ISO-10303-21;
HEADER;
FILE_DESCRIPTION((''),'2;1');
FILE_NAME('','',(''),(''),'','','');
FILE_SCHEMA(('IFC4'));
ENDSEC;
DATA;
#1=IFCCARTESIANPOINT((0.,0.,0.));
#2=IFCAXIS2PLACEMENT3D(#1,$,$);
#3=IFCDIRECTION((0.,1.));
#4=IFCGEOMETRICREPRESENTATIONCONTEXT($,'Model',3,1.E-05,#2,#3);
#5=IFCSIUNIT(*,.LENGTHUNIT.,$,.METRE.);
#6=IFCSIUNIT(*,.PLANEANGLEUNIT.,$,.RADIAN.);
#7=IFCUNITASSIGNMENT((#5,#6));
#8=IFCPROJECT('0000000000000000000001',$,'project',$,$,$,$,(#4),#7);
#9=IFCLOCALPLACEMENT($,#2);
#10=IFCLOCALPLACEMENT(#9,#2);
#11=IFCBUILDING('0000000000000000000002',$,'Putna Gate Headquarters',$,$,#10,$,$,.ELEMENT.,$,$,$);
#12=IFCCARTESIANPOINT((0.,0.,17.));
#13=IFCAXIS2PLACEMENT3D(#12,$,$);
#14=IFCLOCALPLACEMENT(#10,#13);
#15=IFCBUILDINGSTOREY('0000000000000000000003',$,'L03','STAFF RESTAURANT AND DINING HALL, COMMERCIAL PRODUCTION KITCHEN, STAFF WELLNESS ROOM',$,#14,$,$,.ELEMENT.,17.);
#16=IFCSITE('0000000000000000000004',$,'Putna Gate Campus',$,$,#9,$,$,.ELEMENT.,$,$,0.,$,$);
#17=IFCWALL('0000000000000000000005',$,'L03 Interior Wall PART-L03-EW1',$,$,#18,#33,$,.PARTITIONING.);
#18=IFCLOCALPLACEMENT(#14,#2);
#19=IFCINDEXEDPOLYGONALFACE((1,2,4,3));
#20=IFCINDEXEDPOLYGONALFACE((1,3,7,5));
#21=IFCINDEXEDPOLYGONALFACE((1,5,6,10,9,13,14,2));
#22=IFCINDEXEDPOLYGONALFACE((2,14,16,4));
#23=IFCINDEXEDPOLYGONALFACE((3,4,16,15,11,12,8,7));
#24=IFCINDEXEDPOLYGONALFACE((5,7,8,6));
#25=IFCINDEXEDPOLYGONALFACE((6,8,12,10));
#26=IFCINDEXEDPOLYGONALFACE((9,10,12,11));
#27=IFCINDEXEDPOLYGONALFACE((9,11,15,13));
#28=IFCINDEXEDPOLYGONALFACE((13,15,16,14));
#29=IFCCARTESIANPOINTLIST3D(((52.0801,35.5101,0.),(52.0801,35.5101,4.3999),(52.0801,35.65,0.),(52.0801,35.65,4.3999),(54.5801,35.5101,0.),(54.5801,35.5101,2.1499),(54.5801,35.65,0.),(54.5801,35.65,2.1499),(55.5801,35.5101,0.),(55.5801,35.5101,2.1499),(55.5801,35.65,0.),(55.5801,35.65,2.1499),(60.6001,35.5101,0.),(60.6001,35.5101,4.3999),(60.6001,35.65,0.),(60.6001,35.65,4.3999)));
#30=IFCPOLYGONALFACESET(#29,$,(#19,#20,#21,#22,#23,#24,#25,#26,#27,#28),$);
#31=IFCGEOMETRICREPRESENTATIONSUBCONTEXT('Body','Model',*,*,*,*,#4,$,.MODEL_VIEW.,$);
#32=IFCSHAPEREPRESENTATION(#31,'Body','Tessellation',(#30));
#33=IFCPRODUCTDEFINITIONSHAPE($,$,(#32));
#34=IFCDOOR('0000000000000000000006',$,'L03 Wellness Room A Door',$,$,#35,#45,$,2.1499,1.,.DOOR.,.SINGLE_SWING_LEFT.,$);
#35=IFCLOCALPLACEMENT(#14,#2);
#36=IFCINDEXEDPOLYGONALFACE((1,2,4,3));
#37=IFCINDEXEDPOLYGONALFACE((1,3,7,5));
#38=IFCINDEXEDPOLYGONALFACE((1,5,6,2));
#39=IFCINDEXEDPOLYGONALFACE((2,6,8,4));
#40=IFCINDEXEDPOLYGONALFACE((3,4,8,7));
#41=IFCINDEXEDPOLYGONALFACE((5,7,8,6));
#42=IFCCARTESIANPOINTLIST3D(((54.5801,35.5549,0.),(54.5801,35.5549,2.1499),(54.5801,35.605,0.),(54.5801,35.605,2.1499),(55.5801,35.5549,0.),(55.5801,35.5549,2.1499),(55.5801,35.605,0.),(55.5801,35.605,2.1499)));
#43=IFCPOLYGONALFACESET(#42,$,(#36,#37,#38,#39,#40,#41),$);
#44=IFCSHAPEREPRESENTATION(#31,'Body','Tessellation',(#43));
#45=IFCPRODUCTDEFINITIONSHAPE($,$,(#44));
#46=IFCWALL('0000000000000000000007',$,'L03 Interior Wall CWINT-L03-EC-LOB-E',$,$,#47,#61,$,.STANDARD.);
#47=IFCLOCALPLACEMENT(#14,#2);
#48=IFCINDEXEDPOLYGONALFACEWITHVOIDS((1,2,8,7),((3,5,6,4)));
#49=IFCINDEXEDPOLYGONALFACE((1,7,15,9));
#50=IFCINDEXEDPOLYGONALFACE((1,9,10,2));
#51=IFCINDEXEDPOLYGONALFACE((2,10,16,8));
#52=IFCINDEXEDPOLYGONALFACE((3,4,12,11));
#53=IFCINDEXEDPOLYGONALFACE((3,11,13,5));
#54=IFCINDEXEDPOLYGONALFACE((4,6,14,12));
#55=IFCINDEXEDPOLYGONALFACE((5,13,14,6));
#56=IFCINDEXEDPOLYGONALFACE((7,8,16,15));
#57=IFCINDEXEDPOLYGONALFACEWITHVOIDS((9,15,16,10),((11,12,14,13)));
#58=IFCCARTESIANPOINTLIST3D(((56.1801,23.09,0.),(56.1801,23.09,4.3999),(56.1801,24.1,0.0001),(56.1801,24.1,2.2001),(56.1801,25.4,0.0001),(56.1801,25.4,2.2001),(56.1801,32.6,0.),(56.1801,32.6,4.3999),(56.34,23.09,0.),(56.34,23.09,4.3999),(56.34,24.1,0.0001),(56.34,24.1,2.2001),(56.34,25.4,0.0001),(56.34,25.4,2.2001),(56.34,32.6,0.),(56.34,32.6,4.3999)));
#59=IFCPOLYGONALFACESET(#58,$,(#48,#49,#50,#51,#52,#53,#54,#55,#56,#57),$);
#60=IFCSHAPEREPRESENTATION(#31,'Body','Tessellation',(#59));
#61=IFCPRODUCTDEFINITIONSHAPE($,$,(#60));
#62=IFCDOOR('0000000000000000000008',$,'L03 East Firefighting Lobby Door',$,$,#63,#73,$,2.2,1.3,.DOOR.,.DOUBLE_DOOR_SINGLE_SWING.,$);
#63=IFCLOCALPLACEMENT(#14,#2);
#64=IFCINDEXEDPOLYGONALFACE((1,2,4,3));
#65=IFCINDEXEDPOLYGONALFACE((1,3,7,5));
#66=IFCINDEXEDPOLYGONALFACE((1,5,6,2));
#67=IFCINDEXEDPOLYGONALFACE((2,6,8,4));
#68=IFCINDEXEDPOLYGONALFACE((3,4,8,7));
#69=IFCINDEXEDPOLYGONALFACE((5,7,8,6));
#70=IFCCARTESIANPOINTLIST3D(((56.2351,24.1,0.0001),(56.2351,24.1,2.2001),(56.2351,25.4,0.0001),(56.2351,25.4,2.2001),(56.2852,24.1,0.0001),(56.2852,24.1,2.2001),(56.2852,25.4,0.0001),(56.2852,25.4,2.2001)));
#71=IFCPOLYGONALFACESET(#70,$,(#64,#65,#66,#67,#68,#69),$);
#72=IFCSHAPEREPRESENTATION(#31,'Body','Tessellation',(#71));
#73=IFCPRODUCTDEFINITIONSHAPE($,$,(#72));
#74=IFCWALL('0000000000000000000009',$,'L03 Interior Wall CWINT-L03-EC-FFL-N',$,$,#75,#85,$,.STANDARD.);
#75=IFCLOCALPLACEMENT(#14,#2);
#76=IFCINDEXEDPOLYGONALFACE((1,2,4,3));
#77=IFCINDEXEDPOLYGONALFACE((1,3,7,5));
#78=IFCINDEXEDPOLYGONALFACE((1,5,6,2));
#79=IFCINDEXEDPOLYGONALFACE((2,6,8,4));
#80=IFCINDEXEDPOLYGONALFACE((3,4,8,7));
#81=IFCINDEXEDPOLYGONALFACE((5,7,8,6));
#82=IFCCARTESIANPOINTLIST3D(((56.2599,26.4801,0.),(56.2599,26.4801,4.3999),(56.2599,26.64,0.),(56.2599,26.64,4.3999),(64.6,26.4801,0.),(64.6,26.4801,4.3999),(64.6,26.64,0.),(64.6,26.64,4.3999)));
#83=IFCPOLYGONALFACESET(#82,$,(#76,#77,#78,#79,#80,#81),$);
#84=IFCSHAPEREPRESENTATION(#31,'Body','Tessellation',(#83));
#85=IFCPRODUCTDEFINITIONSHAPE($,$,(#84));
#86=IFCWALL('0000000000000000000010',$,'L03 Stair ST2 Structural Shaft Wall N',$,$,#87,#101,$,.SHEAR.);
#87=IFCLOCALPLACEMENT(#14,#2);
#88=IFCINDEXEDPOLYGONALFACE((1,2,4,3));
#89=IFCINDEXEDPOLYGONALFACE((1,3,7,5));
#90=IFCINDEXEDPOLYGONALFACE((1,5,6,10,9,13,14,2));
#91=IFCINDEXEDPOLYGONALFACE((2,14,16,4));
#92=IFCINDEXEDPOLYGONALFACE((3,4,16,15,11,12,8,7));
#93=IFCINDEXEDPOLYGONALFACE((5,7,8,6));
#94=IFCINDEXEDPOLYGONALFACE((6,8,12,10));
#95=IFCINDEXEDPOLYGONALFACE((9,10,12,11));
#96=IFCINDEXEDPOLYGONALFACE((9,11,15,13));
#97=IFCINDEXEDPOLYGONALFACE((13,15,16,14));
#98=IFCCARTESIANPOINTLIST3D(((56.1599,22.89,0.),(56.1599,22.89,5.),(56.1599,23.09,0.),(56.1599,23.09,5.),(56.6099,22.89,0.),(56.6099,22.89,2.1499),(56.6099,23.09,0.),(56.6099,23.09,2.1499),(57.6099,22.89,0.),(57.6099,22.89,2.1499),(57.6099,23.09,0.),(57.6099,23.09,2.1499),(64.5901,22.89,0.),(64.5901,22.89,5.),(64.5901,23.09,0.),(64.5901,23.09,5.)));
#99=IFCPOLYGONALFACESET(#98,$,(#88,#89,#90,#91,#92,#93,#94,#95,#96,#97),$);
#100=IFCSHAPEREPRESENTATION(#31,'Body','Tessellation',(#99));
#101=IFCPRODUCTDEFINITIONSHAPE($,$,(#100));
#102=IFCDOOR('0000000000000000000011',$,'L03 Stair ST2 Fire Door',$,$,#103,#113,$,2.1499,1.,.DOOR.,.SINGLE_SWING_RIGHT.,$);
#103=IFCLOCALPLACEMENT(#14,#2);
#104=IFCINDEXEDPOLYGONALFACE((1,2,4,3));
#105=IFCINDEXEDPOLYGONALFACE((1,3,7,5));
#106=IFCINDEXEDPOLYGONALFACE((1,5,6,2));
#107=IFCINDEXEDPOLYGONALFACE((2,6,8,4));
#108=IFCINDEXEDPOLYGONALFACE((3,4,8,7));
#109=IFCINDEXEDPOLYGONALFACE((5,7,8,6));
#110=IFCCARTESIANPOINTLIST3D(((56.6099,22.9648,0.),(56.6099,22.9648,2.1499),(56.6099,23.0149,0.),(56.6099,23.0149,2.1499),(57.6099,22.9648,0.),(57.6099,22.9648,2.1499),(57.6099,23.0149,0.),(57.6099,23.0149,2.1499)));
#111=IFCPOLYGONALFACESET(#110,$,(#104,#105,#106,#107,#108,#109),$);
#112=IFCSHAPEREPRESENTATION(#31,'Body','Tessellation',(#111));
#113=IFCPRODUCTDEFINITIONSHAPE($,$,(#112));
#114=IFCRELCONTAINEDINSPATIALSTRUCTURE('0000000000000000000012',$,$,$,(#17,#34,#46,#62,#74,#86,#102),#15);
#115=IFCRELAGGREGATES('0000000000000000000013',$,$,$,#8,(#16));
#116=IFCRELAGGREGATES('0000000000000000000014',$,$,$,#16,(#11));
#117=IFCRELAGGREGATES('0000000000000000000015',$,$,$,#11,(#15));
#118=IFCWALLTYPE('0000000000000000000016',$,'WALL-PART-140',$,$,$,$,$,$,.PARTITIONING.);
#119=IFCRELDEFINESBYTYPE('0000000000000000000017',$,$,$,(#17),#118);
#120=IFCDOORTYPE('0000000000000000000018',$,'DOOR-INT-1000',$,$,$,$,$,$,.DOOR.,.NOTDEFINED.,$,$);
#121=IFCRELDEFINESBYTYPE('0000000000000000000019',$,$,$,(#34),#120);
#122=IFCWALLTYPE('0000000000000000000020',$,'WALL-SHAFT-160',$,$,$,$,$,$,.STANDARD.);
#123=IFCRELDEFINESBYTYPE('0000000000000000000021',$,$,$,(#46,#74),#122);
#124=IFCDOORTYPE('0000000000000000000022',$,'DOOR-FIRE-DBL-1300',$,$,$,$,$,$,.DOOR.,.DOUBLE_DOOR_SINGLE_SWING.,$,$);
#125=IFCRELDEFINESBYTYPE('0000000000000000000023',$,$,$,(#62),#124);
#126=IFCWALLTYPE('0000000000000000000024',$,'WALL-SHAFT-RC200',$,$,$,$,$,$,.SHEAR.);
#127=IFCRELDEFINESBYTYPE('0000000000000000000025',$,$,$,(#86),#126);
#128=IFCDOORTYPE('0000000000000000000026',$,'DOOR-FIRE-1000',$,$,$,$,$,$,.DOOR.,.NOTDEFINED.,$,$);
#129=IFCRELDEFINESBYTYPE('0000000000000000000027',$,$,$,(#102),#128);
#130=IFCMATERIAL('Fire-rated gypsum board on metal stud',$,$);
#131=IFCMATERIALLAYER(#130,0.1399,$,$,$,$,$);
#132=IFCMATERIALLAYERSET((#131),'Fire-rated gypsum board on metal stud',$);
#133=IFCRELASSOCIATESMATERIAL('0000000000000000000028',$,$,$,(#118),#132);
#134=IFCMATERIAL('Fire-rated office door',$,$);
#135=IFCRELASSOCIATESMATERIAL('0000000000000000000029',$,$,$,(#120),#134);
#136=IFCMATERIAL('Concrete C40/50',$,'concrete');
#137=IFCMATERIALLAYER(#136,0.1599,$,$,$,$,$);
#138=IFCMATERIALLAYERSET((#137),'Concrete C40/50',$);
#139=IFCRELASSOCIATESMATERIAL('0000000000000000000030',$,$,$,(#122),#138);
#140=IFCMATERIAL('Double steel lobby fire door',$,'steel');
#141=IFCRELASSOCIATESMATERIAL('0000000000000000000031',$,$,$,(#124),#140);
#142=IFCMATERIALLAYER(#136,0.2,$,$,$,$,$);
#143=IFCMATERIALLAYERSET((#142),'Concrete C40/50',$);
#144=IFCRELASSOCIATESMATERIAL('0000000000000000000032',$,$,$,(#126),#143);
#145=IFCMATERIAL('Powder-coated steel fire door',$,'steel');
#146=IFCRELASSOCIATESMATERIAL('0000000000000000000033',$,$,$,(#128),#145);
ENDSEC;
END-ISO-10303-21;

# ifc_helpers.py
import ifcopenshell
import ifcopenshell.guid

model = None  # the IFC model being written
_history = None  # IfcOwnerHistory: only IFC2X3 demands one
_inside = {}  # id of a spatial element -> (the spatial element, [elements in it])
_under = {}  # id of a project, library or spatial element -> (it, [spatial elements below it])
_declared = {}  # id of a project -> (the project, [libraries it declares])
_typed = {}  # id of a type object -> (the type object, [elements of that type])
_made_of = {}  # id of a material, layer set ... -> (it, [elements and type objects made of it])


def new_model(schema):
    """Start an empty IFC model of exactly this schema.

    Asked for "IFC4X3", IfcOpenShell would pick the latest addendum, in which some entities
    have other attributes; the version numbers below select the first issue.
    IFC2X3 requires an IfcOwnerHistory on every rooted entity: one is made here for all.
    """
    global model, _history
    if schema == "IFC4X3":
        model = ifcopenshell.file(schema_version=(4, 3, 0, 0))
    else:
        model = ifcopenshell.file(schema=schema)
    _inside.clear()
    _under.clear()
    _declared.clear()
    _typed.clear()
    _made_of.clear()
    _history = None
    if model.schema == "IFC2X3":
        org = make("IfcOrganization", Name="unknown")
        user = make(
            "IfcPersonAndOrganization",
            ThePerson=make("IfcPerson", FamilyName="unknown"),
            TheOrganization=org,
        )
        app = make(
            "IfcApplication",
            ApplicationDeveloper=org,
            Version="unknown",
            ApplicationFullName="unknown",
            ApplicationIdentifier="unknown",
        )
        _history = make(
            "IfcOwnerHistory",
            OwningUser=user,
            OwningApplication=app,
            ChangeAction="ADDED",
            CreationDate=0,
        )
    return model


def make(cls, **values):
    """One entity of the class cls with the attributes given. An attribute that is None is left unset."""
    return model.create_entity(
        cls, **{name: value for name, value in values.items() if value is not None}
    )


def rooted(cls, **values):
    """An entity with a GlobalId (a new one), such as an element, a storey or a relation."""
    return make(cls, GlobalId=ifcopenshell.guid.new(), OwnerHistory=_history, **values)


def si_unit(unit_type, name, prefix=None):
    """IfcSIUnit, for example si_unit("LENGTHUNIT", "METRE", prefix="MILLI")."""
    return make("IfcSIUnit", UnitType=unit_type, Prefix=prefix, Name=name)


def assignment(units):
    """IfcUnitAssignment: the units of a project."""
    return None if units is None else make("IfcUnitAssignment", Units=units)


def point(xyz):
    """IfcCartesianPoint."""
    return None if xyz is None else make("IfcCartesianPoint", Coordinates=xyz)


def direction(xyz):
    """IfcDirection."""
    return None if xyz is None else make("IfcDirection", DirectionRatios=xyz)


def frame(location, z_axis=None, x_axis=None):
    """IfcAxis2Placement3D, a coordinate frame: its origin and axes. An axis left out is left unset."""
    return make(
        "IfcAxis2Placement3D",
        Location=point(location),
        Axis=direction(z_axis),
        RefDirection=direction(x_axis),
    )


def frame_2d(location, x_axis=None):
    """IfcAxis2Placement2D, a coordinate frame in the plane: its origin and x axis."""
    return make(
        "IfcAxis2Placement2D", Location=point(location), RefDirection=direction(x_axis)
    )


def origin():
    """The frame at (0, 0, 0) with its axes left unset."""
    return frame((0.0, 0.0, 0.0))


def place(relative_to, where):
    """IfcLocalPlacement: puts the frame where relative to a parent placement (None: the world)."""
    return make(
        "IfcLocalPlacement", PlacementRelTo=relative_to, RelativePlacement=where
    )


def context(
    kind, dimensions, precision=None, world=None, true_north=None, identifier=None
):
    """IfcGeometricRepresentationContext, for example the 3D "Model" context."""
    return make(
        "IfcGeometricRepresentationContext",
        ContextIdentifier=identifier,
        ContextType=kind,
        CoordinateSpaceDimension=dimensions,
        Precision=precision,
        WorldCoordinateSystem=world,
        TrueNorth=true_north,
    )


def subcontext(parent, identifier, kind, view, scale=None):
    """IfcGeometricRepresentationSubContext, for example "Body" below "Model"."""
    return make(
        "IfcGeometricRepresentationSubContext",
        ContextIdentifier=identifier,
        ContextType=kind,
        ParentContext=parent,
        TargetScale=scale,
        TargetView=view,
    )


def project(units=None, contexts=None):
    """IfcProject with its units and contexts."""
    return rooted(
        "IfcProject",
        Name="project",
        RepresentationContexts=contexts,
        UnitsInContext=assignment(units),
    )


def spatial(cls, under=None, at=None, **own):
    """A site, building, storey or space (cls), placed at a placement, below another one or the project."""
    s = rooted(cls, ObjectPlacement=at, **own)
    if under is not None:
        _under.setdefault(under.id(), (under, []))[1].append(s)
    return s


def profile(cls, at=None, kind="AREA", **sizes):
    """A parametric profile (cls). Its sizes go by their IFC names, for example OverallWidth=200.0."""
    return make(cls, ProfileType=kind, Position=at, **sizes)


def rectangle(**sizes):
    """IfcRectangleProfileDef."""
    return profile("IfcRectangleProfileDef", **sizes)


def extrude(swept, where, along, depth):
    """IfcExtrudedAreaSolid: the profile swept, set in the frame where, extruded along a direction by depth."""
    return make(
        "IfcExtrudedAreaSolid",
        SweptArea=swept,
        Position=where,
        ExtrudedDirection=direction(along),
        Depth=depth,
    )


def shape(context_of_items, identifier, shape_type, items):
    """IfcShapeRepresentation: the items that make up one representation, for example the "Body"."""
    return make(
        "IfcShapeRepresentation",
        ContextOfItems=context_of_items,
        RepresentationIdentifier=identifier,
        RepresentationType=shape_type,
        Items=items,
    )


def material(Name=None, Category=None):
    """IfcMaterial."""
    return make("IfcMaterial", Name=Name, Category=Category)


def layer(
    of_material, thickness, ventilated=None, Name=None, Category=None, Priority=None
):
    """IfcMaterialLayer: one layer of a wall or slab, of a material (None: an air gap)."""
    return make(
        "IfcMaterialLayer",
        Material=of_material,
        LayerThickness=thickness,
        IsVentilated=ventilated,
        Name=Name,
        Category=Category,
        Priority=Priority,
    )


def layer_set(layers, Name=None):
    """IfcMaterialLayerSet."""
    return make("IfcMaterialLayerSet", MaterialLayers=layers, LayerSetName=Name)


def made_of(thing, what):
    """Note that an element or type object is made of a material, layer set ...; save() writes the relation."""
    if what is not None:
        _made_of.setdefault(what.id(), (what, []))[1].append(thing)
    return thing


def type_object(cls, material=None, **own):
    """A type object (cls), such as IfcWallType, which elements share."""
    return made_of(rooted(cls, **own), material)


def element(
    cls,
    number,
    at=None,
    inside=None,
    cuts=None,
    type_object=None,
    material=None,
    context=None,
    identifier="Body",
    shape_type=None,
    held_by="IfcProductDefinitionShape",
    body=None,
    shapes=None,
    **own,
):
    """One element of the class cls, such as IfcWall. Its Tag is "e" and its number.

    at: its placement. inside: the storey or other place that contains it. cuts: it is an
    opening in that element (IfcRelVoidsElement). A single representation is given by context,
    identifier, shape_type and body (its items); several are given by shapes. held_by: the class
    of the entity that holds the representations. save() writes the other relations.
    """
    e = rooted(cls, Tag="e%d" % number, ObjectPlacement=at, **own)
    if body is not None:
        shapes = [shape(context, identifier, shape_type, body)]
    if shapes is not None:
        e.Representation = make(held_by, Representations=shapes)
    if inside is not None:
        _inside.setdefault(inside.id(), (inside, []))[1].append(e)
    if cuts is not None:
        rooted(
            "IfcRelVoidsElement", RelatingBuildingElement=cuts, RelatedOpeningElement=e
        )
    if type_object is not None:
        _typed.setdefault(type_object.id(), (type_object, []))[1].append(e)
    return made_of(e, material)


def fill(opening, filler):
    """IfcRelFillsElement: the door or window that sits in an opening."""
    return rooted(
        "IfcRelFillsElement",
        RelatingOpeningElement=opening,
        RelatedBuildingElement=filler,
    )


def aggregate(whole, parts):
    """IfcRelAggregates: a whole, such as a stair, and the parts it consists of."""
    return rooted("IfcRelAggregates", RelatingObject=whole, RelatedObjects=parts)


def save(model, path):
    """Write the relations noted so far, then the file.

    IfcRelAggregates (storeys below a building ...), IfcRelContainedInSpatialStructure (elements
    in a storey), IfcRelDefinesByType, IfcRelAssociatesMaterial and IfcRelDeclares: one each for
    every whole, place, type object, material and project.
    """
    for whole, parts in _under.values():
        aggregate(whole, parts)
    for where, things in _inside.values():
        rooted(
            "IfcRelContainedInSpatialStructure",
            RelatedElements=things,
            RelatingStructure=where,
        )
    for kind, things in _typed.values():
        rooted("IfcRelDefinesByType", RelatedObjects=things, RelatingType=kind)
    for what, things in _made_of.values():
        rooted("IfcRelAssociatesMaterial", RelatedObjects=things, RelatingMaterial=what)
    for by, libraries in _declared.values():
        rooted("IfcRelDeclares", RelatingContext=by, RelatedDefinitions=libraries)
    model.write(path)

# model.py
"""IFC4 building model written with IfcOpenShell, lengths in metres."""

from ifc_helpers import new_model, si_unit, direction, frame, frame_2d, origin, place, context, subcontext, project, spatial, rectangle, extrude, material, layer, layer_set, type_object, element, fill, save


model = new_model("IFC4")

# Units and contexts
model_context = context("Model", 3, precision=1e-05, world=origin(), true_north=direction((0.0, 1.0)))
body_context = subcontext(model_context, "Body", "Model", "MODEL_VIEW")
ifc_project = project(units=[si_unit("LENGTHUNIT", "METRE"), si_unit("PLANEANGLEUNIT", "RADIAN")], contexts=[model_context])

# Site, building, storey
site_placement = place(None, origin())
site = spatial("IfcSite", under=ifc_project, at=site_placement, Name="Putna Gate Campus", CompositionType="ELEMENT", RefElevation=0.0)
building_placement = place(site_placement, origin())
building = spatial("IfcBuilding", under=site, at=building_placement, Name="Putna Gate Headquarters", CompositionType="ELEMENT")
storey_placement = place(building_placement, frame((0.0, 0.0, 17.0)))
storey = spatial("IfcBuildingStorey", under=building, at=storey_placement, Name="L03", Description="STAFF RESTAURANT AND DINING HALL, COMMERCIAL PRODUCTION KITCHEN, STAFF WELLNESS ROOM", CompositionType="ELEMENT", Elevation=17.0)

# Walls, openings, doors
ifc_material_1 = material(Name="Fire-rated gypsum board on metal stud")
ifc_layer_1 = layer(ifc_material_1, 0.1399)
ifc_layer_set_1 = layer_set([ifc_layer_1], Name="Fire-rated gypsum board on metal stud")
wall_type_1 = type_object("IfcWallType", Name="WALL-PART-140", PredefinedType="PARTITIONING", material=ifc_layer_set_1)
wall_1_placement = place(storey_placement, frame((52.0801, 35.5801, 0.0), z_axis=(0.0, 0.0, 1.0), x_axis=(1.0, 0.0, 0.0)))
wall_1 = element("IfcWall", 1, at=wall_1_placement, inside=storey, type_object=wall_type_1, Name="L03 Interior Wall PART-L03-EW1", PredefinedType="PARTITIONING", context=body_context, shape_type="SweptSolid", body=[
    extrude(rectangle(XDim=8.52, YDim=0.1399, at=frame_2d((4.26, 0.0))), origin(), (0.0, 0.0, 1.0), 4.3999),
])
opening_1_placement = place(wall_1_placement, frame((2.5, 0.0, 0.0)))
opening_1 = element("IfcOpeningElement", 2, at=opening_1_placement, cuts=wall_1, PredefinedType="OPENING", context=body_context, shape_type="SweptSolid", body=[
    extrude(rectangle(XDim=1.0, YDim=2.1499, at=frame_2d((0.5, 1.075))), frame((0.0, 0.0798, 0.0), z_axis=(0.0, -1.0, 0.0), x_axis=(1.0, 0.0, 0.0)), (0.0, 0.0, 1.0), 0.1599),
])
ifc_material_2 = material(Name="Fire-rated office door")
door_type_1 = type_object("IfcDoorType", Name="DOOR-INT-1000", OperationType="NOTDEFINED", PredefinedType="DOOR", material=ifc_material_2)
door_1_placement = place(opening_1_placement, origin())
door_1 = element("IfcDoor", 3, at=door_1_placement, inside=storey, type_object=door_type_1, Name="L03 Wellness Room A Door", OperationType="SINGLE_SWING_LEFT", OverallHeight=2.1499, OverallWidth=1.0, PredefinedType="DOOR", context=body_context, shape_type="SweptSolid", body=[
    extrude(rectangle(XDim=1.0, YDim=2.1499, at=frame_2d((0.5, 1.075))), frame((0.0, 0.0249, 0.0), z_axis=(0.0, -1.0, 0.0), x_axis=(1.0, 0.0, 0.0)), (0.0, 0.0, 1.0), 0.05),
])
fill(opening_1, door_1)
ifc_material_3 = material(Name="Concrete C40/50", Category="concrete")
ifc_layer_2 = layer(ifc_material_3, 0.1599)
ifc_layer_set_2 = layer_set([ifc_layer_2], Name="Concrete C40/50")
wall_type_2 = type_object("IfcWallType", Name="WALL-SHAFT-160", PredefinedType="STANDARD", material=ifc_layer_set_2)
wall_2_placement = place(storey_placement, frame((56.26, 23.0901, 0.0), z_axis=(0.0, 0.0, 1.0), x_axis=(0.0, 1.0, 0.0)))
wall_2 = element("IfcWall", 4, at=wall_2_placement, inside=storey, type_object=wall_type_2, Name="L03 Interior Wall CWINT-L03-EC-LOB-E", PredefinedType="STANDARD", context=body_context, shape_type="SweptSolid", body=[
    extrude(rectangle(XDim=9.51, YDim=0.1599, at=frame_2d((4.7549, 0.0))), origin(), (0.0, 0.0, 1.0), 4.3999),
])
opening_2_placement = place(wall_2_placement, frame((1.01, 0.0, 0.0)))
opening_2 = element("IfcOpeningElement", 5, at=opening_2_placement, cuts=wall_2, PredefinedType="OPENING", context=body_context, shape_type="SweptSolid", body=[
    extrude(rectangle(XDim=1.3, YDim=2.2, at=frame_2d((0.6499, 1.1001))), frame((0.0, 0.0898, 0.0), z_axis=(0.0, -1.0, 0.0), x_axis=(1.0, 0.0, 0.0)), (0.0, 0.0, 1.0), 0.1799),
])
ifc_material_4 = material(Name="Double steel lobby fire door", Category="steel")
door_type_2 = type_object("IfcDoorType", Name="DOOR-FIRE-DBL-1300", OperationType="DOUBLE_DOOR_SINGLE_SWING", PredefinedType="DOOR", material=ifc_material_4)
door_2_placement = place(opening_2_placement, origin())
door_2 = element("IfcDoor", 6, at=door_2_placement, inside=storey, type_object=door_type_2, Name="L03 East Firefighting Lobby Door", OperationType="DOUBLE_DOOR_SINGLE_SWING", OverallHeight=2.2, OverallWidth=1.3, PredefinedType="DOOR", context=body_context, shape_type="SweptSolid", body=[
    extrude(rectangle(XDim=1.3, YDim=2.2, at=frame_2d((0.6499, 1.1001))), frame((0.0, 0.0249, 0.0), z_axis=(0.0, -1.0, 0.0), x_axis=(1.0, 0.0, 0.0)), (0.0, 0.0, 1.0), 0.05),
])
fill(opening_2, door_2)

# Wall
wall_3_placement = place(storey_placement, frame((56.26, 26.5601, 0.0), z_axis=(0.0, 0.0, 1.0), x_axis=(1.0, 0.0, 0.0)))
element("IfcWall", 7, at=wall_3_placement, inside=storey, type_object=wall_type_2, Name="L03 Interior Wall CWINT-L03-EC-FFL-N", PredefinedType="STANDARD", context=body_context, shape_type="SweptSolid", body=[
    extrude(rectangle(XDim=8.3401, YDim=0.1599, at=frame_2d((4.1699, 0.0))), origin(), (0.0, 0.0, 1.0), 4.3999),
])

# Wall, opening, door
ifc_layer_3 = layer(ifc_material_3, 0.2)
ifc_layer_set_3 = layer_set([ifc_layer_3], Name="Concrete C40/50")
wall_type_3 = type_object("IfcWallType", Name="WALL-SHAFT-RC200", PredefinedType="SHEAR", material=ifc_layer_set_3)
wall_4_placement = place(storey_placement, frame((56.1599, 22.99, 0.0), z_axis=(0.0, 0.0, 1.0), x_axis=(1.0, 0.0, 0.0)))
wall_4 = element("IfcWall", 8, at=wall_4_placement, inside=storey, type_object=wall_type_3, Name="L03 Stair ST2 Structural Shaft Wall N", PredefinedType="SHEAR", context=body_context, shape_type="SweptSolid", body=[
    extrude(rectangle(XDim=8.4302, YDim=0.2, at=frame_2d((4.2151, 0.0))), origin(), (0.0, 0.0, 1.0), 5.0),
])
opening_3_placement = place(wall_4_placement, frame((0.45, 0.0, 0.0)))
opening_3 = element("IfcOpeningElement", 9, at=opening_3_placement, cuts=wall_4, PredefinedType="OPENING", context=body_context, shape_type="SweptSolid", body=[
    extrude(rectangle(XDim=1.0, YDim=2.1499, at=frame_2d((0.5, 1.075))), frame((0.0, 0.1099, 0.0), z_axis=(0.0, -1.0, 0.0), x_axis=(1.0, 0.0, 0.0)), (0.0, 0.0, 1.0), 0.22),
])
ifc_material_5 = material(Name="Powder-coated steel fire door", Category="steel")
door_type_3 = type_object("IfcDoorType", Name="DOOR-FIRE-1000", OperationType="NOTDEFINED", PredefinedType="DOOR", material=ifc_material_5)
door_3_placement = place(opening_3_placement, origin())
door_3 = element("IfcDoor", 10, at=door_3_placement, inside=storey, type_object=door_type_3, Name="L03 Stair ST2 Fire Door", OperationType="SINGLE_SWING_RIGHT", OverallHeight=2.1499, OverallWidth=1.0, PredefinedType="DOOR", context=body_context, shape_type="SweptSolid", body=[
    extrude(rectangle(XDim=1.0, YDim=2.1499, at=frame_2d((0.5, 1.075))), frame((0.0, 0.0249, 0.0), z_axis=(0.0, -1.0, 0.0), x_axis=(1.0, 0.0, 0.0)), (0.0, 0.0, 1.0), 0.05),
])
fill(opening_3, door_3)

save(model, "model.ifc")
